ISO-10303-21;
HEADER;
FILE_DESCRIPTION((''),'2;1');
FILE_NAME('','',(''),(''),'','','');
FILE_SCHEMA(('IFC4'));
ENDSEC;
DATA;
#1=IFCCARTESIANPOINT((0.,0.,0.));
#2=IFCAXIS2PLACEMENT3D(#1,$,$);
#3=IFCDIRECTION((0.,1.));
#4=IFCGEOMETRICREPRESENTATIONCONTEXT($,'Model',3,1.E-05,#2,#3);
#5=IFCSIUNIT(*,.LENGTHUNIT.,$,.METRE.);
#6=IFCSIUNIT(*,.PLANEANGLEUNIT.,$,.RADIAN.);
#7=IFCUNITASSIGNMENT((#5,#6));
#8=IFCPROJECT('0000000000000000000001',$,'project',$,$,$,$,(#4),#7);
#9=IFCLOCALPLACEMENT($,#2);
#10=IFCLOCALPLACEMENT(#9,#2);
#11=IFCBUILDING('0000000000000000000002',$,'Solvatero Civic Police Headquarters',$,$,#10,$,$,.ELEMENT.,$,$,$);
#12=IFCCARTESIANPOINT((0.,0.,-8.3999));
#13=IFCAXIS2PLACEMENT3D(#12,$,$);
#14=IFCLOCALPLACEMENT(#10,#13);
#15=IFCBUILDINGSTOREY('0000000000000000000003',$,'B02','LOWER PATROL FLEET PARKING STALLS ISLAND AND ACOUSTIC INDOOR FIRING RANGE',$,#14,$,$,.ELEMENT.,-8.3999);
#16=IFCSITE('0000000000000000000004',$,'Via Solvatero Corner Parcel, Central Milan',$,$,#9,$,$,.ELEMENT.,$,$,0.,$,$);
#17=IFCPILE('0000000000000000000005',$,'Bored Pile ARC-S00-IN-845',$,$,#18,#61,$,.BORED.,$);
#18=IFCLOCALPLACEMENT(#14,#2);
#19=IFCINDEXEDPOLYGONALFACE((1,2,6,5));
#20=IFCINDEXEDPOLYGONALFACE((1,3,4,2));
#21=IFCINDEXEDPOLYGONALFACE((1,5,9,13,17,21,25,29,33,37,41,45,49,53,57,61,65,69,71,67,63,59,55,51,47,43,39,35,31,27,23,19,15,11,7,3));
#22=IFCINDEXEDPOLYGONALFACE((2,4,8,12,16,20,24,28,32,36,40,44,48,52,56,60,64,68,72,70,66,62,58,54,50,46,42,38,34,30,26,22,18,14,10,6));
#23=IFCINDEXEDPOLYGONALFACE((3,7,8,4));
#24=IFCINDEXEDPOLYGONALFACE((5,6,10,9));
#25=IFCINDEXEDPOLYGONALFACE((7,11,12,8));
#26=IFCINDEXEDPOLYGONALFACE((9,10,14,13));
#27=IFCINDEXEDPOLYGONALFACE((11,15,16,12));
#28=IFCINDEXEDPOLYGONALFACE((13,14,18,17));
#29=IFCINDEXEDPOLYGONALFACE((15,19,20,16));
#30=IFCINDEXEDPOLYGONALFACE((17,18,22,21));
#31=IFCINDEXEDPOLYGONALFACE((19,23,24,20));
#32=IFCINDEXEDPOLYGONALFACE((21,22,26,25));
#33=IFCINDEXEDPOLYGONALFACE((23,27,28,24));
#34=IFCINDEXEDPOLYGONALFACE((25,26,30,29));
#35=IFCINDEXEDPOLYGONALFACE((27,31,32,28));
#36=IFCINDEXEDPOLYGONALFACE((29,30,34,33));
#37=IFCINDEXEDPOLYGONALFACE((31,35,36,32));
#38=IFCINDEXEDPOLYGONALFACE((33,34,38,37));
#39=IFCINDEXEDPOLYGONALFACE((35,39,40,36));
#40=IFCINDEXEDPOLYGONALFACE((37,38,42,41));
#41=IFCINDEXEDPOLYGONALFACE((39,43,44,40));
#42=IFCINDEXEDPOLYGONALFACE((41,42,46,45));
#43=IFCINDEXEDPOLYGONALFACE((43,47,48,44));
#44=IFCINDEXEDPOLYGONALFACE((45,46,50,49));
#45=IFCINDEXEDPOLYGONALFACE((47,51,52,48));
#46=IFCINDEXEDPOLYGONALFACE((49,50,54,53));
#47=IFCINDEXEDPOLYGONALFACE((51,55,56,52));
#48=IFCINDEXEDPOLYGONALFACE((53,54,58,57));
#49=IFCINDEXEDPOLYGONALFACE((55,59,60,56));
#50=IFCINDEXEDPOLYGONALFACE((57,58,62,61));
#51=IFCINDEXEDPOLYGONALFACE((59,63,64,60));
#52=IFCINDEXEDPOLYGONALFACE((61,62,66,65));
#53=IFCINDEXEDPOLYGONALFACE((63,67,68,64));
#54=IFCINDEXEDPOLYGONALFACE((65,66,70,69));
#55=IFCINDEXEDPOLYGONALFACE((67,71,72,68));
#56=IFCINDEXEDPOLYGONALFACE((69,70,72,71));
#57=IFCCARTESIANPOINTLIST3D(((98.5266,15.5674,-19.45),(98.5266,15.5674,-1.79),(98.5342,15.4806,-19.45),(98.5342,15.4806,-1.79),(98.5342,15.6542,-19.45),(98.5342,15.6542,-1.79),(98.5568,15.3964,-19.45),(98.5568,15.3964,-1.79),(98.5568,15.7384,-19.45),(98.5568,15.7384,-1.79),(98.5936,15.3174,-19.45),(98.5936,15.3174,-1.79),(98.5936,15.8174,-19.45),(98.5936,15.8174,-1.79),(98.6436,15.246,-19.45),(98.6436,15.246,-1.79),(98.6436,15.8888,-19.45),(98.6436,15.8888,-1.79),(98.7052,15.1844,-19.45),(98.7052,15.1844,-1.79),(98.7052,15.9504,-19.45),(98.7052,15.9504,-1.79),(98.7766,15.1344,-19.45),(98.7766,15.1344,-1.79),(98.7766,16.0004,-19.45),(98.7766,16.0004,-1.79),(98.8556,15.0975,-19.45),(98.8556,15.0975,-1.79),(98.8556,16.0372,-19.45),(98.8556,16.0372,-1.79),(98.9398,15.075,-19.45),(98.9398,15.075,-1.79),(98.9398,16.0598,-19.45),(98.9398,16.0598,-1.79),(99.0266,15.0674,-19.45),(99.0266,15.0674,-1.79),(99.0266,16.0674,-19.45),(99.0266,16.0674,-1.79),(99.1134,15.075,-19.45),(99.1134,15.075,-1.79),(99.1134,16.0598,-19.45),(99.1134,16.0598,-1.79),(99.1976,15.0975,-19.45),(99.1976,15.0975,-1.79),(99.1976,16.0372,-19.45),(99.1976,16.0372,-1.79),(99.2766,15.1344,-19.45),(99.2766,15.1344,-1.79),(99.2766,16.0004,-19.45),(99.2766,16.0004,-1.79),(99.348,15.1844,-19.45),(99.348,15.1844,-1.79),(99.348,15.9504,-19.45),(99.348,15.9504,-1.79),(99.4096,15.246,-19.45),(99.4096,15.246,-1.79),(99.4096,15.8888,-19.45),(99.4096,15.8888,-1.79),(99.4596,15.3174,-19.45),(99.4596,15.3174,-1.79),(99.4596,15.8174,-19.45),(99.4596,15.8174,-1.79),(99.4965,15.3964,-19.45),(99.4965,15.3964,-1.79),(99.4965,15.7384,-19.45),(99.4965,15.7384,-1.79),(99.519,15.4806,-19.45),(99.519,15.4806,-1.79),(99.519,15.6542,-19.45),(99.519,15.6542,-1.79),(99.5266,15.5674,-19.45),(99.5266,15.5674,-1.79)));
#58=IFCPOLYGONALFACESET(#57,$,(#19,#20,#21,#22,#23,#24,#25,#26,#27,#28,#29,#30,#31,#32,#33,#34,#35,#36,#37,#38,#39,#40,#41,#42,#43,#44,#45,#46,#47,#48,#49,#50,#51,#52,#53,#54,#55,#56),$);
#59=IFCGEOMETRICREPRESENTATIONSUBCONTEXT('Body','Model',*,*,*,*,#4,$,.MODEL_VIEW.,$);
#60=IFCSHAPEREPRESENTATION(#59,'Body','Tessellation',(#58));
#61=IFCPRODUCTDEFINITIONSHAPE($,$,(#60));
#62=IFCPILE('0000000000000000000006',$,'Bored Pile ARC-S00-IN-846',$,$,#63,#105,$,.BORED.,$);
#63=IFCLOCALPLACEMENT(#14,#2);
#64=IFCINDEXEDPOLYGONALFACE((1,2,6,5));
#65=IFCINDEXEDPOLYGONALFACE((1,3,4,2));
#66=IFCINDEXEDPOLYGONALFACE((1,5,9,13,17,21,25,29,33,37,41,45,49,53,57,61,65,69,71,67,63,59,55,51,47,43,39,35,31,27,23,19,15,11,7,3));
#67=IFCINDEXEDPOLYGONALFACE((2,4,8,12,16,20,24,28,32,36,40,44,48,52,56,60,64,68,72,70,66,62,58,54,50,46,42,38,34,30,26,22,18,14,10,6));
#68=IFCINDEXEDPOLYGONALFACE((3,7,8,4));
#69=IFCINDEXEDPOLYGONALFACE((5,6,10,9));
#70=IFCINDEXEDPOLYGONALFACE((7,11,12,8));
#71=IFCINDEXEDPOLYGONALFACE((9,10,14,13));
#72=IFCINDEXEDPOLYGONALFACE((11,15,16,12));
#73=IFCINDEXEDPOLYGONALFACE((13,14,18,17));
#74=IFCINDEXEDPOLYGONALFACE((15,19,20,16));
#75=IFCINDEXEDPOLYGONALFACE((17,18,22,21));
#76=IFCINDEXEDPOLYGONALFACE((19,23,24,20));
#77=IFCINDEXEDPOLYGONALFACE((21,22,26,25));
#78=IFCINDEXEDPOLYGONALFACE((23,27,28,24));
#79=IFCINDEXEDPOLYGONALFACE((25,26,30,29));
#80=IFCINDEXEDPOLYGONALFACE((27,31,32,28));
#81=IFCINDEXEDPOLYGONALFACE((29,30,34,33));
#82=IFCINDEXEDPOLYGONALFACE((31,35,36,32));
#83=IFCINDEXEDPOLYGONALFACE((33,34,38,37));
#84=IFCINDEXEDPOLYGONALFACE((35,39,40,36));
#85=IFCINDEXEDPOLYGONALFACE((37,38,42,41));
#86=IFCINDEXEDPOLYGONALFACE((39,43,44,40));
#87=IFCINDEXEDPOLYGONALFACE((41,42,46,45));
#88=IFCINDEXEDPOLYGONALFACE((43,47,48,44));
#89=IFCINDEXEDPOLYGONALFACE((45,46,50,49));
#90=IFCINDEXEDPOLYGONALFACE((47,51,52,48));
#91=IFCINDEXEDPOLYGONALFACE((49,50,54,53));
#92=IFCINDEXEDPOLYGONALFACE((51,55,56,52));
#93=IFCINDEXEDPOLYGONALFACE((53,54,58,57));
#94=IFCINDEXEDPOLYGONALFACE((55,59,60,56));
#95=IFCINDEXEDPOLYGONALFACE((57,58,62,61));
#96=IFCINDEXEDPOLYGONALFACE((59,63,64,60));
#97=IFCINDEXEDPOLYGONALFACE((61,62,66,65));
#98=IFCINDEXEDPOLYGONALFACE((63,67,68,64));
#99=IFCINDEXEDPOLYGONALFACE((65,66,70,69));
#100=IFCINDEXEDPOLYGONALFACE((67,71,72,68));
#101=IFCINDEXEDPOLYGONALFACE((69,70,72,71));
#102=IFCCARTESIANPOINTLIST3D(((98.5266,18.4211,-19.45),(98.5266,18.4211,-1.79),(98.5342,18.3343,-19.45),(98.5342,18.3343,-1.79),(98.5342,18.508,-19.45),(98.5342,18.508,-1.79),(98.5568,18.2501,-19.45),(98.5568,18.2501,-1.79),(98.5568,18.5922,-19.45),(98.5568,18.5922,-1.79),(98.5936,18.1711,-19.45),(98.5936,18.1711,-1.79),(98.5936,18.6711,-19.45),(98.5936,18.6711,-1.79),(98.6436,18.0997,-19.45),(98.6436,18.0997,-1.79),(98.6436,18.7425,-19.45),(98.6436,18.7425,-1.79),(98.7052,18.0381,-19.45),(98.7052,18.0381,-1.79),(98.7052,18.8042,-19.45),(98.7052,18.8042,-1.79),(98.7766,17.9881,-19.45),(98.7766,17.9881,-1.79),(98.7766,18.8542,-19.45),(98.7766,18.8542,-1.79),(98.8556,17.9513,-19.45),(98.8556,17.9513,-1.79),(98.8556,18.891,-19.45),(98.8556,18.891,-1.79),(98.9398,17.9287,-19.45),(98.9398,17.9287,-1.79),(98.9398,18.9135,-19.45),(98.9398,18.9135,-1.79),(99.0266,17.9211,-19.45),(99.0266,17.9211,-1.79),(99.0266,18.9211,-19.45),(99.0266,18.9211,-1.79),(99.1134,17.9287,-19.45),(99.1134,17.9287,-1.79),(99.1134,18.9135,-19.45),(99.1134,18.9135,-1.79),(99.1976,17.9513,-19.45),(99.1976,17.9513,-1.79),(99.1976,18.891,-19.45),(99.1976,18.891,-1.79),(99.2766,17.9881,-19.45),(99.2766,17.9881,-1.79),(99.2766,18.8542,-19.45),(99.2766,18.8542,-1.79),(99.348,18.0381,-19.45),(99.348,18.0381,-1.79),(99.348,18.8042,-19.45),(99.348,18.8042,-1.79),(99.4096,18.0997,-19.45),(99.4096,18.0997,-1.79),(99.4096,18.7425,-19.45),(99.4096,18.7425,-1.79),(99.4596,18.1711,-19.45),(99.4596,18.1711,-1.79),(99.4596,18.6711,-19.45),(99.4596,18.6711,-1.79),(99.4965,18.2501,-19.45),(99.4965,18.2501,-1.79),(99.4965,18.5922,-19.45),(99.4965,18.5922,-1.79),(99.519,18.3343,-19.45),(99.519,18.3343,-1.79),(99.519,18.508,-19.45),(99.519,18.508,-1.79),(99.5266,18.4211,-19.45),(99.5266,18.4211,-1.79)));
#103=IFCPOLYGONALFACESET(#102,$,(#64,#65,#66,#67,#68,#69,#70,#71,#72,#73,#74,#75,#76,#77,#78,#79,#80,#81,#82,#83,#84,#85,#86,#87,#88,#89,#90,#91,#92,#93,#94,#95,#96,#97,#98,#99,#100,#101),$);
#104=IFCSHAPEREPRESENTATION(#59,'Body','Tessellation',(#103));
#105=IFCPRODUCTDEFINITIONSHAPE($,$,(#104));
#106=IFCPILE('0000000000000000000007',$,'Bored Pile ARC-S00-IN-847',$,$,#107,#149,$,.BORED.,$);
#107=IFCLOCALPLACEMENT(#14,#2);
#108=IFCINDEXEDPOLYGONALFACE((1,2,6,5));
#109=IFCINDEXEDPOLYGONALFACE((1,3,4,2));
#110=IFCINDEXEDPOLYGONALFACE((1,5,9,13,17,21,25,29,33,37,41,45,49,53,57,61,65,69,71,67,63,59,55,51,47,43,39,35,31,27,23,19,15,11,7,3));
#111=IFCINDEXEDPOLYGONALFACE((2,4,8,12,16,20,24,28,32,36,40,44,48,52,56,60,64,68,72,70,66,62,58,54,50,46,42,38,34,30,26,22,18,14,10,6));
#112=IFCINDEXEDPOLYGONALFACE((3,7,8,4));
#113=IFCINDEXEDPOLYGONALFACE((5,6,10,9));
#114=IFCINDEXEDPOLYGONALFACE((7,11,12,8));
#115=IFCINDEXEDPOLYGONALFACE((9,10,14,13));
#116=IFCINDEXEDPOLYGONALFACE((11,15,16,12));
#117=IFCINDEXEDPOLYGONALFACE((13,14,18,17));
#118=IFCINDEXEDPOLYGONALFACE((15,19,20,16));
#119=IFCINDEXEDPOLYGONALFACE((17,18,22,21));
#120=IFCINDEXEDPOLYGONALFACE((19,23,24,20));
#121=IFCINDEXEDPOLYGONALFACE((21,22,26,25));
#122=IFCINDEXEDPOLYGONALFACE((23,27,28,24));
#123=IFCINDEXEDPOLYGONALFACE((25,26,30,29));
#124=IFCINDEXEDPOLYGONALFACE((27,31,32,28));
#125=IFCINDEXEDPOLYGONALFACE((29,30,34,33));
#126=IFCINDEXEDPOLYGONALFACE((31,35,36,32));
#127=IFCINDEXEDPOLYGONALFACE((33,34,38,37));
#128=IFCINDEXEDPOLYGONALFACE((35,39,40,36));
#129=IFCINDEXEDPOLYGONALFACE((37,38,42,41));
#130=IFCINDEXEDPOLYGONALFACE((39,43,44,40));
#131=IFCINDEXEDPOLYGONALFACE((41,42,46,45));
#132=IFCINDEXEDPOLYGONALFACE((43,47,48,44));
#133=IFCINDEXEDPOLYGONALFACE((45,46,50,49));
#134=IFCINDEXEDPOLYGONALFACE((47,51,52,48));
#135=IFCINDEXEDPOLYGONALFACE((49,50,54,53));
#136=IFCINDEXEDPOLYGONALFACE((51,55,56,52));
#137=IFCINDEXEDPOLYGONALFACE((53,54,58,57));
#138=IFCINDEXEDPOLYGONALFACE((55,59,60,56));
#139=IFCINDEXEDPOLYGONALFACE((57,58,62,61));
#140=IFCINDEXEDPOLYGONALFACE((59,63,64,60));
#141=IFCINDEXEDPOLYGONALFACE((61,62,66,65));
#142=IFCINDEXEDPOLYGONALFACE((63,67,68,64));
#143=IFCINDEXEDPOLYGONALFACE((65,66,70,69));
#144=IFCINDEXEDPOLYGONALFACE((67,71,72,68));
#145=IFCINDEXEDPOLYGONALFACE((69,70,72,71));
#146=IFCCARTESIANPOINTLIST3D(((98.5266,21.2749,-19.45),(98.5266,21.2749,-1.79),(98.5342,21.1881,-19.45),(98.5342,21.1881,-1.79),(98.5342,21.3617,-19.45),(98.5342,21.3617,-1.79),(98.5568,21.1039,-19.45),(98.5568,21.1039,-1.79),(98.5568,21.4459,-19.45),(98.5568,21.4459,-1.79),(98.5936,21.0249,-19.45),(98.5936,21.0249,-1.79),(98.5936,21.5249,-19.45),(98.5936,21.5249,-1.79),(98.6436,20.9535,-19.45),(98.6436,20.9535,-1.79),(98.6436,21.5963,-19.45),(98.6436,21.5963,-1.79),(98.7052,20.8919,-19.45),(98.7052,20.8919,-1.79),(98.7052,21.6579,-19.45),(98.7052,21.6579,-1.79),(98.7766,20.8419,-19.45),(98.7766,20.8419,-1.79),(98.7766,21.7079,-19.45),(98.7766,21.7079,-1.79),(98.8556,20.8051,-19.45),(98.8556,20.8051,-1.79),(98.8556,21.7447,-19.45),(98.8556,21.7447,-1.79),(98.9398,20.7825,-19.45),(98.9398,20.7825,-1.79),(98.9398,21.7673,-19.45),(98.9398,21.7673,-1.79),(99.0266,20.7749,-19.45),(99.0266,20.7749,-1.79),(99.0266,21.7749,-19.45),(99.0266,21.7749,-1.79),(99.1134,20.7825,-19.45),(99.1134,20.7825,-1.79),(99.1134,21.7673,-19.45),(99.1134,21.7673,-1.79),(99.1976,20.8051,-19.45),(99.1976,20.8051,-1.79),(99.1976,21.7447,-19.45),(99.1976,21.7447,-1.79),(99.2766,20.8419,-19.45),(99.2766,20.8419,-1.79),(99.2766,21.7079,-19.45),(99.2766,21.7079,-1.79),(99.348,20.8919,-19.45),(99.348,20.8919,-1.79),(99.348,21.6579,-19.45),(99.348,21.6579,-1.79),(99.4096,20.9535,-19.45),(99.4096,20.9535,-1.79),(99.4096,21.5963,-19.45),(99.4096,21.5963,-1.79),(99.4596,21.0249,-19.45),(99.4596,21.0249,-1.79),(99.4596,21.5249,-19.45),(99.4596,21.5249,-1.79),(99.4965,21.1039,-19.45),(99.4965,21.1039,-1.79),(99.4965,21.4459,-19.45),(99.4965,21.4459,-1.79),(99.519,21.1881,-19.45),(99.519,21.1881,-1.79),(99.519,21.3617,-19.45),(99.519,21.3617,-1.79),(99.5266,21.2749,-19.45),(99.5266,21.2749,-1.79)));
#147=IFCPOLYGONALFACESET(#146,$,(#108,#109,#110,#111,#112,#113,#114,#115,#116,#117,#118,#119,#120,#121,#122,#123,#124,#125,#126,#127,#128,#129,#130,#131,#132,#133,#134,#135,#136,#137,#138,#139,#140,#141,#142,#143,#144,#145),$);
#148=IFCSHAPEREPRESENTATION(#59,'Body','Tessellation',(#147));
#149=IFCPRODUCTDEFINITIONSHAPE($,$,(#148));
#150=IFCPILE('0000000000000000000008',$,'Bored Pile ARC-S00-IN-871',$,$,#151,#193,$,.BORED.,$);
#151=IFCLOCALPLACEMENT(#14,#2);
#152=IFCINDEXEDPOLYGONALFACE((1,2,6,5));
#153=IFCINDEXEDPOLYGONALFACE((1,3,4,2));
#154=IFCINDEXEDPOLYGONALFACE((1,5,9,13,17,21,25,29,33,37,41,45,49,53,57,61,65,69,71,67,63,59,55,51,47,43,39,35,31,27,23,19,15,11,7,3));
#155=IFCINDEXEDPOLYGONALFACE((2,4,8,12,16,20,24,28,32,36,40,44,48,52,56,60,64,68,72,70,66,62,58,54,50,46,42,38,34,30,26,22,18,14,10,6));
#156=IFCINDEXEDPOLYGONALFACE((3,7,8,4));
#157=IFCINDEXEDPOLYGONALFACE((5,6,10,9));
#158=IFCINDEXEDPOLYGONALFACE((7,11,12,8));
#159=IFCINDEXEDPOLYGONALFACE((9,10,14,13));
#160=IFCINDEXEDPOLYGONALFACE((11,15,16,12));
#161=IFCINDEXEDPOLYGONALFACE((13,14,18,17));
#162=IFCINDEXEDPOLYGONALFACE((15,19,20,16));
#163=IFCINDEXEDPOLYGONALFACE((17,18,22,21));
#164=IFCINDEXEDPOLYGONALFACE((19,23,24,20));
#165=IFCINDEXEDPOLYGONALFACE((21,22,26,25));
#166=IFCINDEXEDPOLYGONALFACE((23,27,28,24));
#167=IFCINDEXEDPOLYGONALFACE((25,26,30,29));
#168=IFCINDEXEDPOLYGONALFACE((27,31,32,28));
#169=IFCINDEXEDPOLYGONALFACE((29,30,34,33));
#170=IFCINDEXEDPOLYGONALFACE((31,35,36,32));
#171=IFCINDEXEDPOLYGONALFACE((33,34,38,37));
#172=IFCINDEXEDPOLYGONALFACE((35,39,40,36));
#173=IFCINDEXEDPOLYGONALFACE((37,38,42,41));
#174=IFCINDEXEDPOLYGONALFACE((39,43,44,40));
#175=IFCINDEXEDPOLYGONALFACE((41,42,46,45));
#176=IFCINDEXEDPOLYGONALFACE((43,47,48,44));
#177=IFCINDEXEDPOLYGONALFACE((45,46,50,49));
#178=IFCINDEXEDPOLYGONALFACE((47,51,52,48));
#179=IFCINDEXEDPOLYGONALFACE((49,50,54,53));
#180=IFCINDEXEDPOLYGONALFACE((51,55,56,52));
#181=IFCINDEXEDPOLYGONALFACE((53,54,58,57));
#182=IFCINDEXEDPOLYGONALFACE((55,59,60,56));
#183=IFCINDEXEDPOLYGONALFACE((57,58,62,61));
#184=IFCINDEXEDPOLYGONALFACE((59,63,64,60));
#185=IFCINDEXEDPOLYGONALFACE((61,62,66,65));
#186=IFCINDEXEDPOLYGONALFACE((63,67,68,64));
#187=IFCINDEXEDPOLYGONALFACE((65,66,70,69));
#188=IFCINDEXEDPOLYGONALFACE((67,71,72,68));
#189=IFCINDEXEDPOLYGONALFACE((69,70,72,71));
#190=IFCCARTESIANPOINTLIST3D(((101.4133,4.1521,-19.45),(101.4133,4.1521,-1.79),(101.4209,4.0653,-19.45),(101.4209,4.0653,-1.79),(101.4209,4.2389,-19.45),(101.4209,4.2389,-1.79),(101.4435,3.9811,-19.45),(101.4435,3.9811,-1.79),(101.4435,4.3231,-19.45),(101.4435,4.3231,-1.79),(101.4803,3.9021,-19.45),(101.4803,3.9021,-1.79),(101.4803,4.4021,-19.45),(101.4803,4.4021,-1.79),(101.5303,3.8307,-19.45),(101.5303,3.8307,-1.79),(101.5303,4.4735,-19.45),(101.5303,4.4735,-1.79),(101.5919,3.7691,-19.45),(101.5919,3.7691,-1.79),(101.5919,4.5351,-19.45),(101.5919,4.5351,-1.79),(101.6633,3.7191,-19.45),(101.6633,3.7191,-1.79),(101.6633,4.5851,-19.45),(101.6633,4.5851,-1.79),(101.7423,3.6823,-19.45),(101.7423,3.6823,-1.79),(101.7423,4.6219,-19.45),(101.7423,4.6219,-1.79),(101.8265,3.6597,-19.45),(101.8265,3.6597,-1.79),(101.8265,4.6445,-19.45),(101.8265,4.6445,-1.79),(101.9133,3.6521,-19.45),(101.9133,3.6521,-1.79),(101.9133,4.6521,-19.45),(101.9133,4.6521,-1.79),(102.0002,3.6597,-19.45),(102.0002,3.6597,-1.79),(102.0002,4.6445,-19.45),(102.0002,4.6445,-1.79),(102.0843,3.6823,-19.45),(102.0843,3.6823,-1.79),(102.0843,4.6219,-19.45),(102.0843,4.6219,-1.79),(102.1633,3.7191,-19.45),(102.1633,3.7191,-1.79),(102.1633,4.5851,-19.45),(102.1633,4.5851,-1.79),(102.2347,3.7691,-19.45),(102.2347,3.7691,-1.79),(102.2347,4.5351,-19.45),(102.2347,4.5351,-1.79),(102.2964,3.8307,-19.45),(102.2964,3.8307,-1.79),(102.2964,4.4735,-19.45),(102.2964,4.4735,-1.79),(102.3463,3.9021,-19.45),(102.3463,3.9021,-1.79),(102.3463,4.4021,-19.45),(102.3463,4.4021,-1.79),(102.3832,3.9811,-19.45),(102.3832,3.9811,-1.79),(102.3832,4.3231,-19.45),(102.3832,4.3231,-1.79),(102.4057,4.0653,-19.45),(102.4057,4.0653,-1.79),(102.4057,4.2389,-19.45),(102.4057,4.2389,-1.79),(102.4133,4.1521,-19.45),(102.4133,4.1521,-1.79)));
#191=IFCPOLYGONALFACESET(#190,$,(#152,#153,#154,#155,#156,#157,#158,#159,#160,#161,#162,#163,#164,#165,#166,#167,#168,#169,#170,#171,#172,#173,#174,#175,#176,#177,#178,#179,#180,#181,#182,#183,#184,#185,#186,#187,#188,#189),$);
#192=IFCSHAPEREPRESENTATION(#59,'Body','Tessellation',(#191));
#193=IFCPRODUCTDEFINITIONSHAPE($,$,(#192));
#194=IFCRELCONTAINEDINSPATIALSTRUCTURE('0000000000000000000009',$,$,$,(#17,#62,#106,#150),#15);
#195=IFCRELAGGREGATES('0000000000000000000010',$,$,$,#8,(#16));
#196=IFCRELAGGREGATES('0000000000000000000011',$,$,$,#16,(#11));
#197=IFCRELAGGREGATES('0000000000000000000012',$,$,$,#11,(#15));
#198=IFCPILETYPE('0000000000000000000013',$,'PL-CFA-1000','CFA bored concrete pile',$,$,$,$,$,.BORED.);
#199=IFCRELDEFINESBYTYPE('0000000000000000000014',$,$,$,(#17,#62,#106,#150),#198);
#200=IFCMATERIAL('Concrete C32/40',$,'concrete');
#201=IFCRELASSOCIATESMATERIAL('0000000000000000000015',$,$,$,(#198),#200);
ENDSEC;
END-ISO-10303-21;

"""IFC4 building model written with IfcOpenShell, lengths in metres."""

from ifc_helpers import new_model, si_unit, direction, frame, origin, origin_2d, place, context, subcontext, project, spatial, circle, extrude, material, material_profile, profile_set, type_object, element, save


model = new_model("IFC4")

# Units and contexts
model_context = context("Model", 3, precision=1e-05, world=origin(), true_north=direction((0.0, 1.0)))
body_context = subcontext(model_context, "Body", "Model", "MODEL_VIEW")
ifc_project = project(units=[si_unit("LENGTHUNIT", "METRE"), si_unit("PLANEANGLEUNIT", "RADIAN")], contexts=[model_context])

# Site, building, storey
site_placement = place(None, origin())
site = spatial("IfcSite", under=ifc_project, at=site_placement, Name="Via Solvatero Corner Parcel, Central Milan", CompositionType="ELEMENT", RefElevation=0.0)
building_placement = place(site_placement, origin())
building = spatial("IfcBuilding", under=site, at=building_placement, Name="Solvatero Civic Police Headquarters", CompositionType="ELEMENT")
storey_placement = place(building_placement, frame((0.0, 0.0, -8.3999)))
storey = spatial("IfcBuildingStorey", under=building, at=storey_placement, Name="B02", Description="LOWER PATROL FLEET PARKING STALLS ISLAND AND ACOUSTIC INDOOR FIRING RANGE", CompositionType="ELEMENT", Elevation=-8.3999)

# Piles
ifc_material_1 = material(Name="Concrete C32/40", Category="concrete")
ifc_material_profile_1 = material_profile(ifc_material_1, circle(Radius=0.5, at=origin_2d()), Name="CFA PILE D1000")
ifc_profile_set_1 = profile_set([ifc_material_profile_1], Name="Concrete C32/40")
pile_type = type_object("IfcPileType", Name="PL-CFA-1000", Description="CFA bored concrete pile", PredefinedType="BORED", material=ifc_profile_set_1)
for number, where, z_axis, x_axis, name in (
    (1, (99.0266, 15.5674, -1.79), (0.0, 0.0, -1.0), (1.0, 0.0, 0.0), "Bored Pile ARC-S00-IN-845"),
    (2, (99.0266, 18.4211, -1.79), (0.0, 0.0, -1.0), (1.0, 0.0, 0.0), "Bored Pile ARC-S00-IN-846"),
    (3, (99.0266, 21.2749, -1.79), (0.0, 0.0, -1.0), (1.0, 0.0, 0.0), "Bored Pile ARC-S00-IN-847"),
    (4, (101.9133, 4.1521, -1.79), (0.0, 0.0, -1.0), (1.0, 0.0, 0.0), "Bored Pile ARC-S00-IN-871"),
):
    element("IfcPile", number, at=place(storey_placement, frame(where, z_axis=z_axis, x_axis=x_axis)), inside=storey, type_object=pile_type, Name=name, PredefinedType="BORED", context=body_context, shape_type="SweptSolid", body=[
        extrude(circle(Radius=0.5, at=origin_2d()), origin(), (0.0, 0.0, 1.0), 17.6599),
    ])

save(model, "model.ifc")
